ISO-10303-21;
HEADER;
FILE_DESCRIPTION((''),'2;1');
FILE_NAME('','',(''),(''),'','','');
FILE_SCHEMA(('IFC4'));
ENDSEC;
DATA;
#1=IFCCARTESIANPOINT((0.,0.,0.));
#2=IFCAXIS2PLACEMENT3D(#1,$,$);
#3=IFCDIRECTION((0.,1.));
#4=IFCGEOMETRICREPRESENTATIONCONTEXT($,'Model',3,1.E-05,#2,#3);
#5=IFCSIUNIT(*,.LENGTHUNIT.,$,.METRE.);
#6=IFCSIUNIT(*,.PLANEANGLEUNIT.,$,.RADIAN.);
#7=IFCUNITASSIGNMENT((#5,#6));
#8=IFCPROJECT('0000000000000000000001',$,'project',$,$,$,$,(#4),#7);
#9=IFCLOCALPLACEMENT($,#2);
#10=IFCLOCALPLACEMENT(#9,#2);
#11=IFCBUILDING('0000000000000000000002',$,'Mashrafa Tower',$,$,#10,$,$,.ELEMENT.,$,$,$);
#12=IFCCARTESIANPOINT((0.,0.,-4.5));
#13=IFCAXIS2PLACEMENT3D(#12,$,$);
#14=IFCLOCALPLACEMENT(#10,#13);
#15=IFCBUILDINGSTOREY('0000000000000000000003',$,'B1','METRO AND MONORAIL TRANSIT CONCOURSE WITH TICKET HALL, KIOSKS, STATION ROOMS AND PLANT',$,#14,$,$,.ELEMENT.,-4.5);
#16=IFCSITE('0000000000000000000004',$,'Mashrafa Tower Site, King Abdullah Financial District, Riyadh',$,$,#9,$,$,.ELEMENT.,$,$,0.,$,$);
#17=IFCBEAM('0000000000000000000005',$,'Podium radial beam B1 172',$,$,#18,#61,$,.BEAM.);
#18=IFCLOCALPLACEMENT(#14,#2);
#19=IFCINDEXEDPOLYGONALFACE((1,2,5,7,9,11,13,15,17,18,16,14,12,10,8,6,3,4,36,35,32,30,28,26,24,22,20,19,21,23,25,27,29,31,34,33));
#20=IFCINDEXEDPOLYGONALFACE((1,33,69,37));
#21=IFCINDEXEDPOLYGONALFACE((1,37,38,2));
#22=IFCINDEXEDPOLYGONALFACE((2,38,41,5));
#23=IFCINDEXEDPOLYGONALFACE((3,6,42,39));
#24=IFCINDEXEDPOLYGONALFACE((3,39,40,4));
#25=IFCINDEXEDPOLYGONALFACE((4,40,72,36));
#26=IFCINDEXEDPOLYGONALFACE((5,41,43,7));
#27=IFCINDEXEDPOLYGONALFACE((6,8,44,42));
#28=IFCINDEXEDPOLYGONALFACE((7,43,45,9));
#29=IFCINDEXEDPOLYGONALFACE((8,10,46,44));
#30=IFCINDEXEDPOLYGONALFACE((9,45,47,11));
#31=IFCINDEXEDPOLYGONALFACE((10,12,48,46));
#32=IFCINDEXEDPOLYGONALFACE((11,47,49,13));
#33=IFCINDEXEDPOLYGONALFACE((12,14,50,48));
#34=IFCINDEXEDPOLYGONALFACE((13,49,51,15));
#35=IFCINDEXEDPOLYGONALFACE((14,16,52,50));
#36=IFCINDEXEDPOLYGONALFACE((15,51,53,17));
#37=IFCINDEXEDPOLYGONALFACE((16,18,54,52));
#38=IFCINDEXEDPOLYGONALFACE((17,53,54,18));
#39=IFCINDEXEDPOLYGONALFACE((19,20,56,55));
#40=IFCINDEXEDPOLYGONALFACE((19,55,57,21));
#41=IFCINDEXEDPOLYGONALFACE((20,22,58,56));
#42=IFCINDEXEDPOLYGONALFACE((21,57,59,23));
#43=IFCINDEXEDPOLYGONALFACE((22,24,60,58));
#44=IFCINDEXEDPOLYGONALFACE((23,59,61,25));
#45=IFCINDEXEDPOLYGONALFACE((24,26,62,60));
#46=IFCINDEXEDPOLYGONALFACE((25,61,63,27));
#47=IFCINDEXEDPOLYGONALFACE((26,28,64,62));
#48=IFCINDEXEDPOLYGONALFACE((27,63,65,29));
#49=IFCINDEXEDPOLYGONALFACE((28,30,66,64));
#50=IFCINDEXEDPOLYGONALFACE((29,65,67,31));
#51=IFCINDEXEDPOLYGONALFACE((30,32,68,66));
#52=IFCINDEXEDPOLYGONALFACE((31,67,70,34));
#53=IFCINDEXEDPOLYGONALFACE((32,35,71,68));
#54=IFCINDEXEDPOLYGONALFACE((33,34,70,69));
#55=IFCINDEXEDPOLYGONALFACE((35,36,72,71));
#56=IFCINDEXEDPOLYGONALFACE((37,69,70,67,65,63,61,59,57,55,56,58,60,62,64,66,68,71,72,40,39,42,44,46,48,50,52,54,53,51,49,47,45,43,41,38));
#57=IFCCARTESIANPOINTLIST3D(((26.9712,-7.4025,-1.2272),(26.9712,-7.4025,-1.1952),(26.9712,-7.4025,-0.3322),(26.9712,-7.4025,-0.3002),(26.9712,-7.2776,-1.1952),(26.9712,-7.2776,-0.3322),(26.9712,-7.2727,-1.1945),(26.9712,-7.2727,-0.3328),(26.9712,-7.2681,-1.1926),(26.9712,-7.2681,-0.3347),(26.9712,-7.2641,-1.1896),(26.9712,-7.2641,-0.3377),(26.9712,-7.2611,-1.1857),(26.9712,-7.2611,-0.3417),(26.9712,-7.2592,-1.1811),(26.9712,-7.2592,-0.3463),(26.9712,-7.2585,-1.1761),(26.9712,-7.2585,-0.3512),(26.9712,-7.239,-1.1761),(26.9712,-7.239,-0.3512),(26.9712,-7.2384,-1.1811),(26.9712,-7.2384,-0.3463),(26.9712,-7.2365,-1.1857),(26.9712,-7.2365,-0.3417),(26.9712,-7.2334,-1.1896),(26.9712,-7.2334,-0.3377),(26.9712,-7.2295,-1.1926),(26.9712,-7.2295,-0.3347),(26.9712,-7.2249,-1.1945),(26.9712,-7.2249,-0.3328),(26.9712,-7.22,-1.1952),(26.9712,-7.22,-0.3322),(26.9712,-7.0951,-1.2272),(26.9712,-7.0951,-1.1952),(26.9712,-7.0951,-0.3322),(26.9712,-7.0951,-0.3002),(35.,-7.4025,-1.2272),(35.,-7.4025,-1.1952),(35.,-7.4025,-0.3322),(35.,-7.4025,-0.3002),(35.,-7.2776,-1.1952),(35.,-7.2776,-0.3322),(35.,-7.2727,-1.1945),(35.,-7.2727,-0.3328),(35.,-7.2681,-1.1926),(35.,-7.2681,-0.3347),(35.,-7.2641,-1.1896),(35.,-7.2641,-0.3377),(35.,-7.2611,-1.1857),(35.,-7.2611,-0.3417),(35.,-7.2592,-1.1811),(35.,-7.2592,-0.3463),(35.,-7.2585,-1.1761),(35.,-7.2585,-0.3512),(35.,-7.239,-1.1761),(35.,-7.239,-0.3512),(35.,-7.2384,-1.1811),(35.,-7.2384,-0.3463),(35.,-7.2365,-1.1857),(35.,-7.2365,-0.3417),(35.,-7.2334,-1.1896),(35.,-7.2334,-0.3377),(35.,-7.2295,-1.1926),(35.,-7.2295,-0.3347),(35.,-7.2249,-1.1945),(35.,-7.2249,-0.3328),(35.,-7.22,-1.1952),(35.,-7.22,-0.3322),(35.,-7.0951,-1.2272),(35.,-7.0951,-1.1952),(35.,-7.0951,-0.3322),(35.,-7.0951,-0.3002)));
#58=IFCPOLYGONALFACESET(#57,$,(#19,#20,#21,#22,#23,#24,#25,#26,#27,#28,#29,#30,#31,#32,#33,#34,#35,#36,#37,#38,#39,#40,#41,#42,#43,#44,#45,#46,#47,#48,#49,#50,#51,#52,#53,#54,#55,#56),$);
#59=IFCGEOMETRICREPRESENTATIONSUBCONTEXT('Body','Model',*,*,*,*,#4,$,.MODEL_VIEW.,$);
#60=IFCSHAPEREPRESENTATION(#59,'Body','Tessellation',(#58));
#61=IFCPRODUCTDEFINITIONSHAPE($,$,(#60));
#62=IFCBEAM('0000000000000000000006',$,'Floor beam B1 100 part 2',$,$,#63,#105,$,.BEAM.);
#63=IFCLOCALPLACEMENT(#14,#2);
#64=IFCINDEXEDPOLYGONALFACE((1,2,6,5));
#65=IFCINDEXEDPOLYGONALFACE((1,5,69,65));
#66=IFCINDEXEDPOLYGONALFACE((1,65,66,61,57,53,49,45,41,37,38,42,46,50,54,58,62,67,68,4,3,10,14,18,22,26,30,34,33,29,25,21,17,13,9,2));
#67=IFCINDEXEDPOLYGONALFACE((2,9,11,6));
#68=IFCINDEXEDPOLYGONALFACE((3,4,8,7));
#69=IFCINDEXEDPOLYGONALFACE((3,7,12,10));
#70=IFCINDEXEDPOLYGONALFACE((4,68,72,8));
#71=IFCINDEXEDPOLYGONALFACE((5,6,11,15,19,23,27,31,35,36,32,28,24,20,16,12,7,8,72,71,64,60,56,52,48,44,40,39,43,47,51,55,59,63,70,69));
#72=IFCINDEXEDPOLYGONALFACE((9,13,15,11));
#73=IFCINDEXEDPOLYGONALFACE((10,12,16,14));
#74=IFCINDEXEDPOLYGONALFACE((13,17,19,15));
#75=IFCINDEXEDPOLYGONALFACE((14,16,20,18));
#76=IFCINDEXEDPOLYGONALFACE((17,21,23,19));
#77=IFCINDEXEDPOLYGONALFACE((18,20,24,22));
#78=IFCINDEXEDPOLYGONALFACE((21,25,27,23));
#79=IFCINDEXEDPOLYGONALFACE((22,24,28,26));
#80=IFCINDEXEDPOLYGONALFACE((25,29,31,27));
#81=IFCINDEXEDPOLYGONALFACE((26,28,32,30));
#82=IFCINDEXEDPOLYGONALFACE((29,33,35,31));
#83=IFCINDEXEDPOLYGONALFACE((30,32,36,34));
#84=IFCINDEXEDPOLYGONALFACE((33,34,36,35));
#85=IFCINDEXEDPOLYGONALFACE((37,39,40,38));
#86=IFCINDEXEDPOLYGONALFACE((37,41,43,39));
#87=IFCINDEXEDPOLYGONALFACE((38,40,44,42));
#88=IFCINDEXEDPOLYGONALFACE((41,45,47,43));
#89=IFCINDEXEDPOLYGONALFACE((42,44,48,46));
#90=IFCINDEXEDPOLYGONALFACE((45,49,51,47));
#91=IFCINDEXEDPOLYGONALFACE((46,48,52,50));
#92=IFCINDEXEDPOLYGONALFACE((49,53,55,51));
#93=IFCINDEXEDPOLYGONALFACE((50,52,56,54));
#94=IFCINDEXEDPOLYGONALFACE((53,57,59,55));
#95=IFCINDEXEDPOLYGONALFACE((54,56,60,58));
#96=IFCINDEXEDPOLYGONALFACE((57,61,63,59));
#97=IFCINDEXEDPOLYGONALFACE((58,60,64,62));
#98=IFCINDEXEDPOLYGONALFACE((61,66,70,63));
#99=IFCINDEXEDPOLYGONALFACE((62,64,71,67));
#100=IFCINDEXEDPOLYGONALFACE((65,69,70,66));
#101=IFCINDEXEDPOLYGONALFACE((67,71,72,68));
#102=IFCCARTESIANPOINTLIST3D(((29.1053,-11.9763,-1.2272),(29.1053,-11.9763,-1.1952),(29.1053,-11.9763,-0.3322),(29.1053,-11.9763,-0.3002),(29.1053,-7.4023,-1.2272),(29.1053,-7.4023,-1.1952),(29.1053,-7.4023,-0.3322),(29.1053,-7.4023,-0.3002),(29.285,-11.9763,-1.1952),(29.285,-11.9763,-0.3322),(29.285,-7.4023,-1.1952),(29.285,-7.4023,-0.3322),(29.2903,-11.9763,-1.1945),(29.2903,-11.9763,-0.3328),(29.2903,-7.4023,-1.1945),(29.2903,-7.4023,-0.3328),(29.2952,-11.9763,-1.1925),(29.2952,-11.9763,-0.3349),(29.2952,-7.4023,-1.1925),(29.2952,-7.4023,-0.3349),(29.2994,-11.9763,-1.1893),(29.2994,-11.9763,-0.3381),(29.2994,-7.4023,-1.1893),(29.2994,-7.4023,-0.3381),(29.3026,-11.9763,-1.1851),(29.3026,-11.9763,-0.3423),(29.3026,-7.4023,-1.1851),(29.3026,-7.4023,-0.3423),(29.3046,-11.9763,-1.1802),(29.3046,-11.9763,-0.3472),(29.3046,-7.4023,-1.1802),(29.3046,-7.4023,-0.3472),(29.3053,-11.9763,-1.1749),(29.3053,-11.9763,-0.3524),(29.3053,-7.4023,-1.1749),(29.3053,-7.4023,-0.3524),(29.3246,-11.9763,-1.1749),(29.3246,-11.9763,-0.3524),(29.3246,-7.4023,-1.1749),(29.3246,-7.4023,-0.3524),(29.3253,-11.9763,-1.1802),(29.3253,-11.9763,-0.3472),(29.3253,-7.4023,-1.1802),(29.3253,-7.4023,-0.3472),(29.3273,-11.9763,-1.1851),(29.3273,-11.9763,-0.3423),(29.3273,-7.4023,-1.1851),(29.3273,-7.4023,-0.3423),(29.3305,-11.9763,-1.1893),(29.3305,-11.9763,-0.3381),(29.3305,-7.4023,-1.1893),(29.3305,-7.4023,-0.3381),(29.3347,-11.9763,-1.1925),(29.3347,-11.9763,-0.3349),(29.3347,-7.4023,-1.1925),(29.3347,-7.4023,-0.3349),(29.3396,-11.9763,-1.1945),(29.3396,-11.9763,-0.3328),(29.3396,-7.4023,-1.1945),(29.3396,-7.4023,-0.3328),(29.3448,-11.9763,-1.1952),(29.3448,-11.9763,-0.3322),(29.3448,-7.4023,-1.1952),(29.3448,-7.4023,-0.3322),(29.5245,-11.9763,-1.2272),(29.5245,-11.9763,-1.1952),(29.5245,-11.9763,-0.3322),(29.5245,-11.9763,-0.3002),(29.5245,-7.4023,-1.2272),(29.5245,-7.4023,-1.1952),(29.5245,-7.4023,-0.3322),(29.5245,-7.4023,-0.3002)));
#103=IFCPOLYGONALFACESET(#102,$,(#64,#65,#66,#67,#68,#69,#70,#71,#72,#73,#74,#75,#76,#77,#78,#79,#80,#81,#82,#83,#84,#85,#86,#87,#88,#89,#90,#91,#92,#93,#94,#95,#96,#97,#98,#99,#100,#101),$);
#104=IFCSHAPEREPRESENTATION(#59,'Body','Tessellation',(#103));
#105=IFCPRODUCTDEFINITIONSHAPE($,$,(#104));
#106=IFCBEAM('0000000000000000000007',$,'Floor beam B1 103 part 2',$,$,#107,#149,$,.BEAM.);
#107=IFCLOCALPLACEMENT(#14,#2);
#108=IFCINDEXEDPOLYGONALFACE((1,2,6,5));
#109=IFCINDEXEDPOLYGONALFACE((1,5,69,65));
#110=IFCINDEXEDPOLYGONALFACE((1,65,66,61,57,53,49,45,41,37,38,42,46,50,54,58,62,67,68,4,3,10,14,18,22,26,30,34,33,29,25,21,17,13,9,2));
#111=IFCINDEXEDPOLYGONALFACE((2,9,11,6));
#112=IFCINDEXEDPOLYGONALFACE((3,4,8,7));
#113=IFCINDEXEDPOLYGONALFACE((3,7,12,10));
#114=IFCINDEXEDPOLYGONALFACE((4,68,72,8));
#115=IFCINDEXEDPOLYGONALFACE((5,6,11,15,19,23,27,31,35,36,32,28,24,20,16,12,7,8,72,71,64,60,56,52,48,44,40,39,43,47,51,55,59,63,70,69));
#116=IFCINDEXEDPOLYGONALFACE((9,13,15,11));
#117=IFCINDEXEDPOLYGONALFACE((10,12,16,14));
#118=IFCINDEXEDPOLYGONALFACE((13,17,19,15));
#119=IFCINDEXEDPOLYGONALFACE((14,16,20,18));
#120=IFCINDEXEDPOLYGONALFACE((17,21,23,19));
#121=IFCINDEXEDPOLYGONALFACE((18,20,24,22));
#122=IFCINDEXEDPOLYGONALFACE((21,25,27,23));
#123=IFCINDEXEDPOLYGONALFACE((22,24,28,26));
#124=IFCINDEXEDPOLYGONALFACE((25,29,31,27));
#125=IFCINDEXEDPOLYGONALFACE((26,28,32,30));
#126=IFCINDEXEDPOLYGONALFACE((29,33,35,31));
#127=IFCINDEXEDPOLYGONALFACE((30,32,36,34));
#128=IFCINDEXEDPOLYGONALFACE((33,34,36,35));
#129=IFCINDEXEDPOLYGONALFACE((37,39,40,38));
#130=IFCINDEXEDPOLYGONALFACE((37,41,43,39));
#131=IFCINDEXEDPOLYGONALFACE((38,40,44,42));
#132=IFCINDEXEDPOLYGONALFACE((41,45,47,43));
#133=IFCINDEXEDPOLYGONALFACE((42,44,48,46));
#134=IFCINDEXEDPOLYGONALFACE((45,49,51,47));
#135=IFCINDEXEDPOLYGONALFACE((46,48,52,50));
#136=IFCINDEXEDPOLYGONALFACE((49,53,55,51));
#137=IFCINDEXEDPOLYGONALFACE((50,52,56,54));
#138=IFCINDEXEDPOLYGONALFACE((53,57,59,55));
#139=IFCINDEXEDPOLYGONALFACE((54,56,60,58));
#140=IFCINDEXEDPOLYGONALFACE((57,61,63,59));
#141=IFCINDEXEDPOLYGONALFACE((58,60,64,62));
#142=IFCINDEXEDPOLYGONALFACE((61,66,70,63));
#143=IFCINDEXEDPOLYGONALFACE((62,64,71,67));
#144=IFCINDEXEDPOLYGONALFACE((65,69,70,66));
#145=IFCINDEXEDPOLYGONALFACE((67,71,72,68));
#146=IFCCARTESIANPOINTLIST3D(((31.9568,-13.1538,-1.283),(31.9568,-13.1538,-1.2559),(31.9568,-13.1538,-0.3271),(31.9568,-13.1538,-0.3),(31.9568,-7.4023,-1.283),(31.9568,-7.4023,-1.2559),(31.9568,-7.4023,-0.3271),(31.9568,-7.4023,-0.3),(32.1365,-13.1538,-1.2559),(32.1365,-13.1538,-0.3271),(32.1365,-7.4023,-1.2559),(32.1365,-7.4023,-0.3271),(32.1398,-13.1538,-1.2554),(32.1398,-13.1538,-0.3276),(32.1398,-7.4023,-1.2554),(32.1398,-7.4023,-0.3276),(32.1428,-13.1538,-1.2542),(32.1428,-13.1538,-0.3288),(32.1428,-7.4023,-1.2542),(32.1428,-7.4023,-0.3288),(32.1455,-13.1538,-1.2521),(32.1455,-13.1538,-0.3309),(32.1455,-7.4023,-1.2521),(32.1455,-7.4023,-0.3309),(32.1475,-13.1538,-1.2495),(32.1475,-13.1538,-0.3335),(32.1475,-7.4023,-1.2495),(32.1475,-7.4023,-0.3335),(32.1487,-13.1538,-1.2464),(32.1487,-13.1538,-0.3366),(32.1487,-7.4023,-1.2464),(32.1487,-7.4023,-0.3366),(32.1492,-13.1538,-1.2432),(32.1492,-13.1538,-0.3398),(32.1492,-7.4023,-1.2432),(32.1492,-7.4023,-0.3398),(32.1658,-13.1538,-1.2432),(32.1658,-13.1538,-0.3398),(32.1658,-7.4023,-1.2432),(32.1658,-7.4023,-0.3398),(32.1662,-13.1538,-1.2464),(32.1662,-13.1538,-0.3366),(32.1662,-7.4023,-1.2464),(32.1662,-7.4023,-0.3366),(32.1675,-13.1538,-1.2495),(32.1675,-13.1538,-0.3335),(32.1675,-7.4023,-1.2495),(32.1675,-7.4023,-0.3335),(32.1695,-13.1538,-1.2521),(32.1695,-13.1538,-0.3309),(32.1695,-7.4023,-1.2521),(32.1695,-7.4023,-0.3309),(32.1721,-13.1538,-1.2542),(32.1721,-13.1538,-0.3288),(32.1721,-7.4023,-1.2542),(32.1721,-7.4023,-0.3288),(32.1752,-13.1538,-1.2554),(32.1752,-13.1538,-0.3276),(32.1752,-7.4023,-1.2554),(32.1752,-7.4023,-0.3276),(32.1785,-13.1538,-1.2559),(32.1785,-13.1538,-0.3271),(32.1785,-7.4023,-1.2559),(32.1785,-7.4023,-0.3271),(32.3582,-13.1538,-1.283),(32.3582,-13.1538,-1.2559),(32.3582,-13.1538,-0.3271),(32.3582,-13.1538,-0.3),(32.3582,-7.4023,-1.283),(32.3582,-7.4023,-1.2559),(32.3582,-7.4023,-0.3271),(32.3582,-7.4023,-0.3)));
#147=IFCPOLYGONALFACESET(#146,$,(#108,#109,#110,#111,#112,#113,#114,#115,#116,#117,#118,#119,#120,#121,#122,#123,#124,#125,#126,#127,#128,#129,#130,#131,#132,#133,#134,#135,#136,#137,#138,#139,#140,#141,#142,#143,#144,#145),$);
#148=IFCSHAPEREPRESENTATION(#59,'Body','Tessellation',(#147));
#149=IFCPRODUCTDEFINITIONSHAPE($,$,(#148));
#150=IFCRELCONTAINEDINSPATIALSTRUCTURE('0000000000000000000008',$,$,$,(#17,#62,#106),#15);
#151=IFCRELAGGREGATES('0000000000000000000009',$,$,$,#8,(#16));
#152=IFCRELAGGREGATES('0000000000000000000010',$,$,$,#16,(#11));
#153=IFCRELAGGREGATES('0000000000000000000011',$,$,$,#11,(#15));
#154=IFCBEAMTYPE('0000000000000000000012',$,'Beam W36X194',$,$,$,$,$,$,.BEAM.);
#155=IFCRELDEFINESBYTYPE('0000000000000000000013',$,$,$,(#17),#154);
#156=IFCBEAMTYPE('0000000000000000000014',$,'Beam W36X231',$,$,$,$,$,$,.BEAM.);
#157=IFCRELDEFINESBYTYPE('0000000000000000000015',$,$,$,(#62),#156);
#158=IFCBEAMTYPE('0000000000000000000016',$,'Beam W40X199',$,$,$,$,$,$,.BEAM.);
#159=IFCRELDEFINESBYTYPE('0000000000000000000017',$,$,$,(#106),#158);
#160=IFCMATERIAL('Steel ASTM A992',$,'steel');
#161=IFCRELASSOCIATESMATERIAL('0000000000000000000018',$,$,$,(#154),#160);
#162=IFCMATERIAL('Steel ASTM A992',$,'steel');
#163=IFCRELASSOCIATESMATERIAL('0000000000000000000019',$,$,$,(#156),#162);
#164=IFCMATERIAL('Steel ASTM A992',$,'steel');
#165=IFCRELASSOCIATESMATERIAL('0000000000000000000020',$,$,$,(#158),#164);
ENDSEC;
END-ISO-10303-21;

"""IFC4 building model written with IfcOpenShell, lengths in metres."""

from ifc_helpers import new_model, si_unit, direction, frame, origin, origin_2d, place, context, subcontext, project, spatial, i_section, extrude, material, material_profile, profile_set, type_object, element, save


model = new_model("IFC4")

# Units and contexts
model_context = context("Model", 3, precision=1e-05, world=origin(), true_north=direction((0.0, 1.0)))
body_context = subcontext(model_context, "Body", "Model", "MODEL_VIEW")
ifc_project = project(units=[si_unit("LENGTHUNIT", "METRE"), si_unit("PLANEANGLEUNIT", "RADIAN")], contexts=[model_context])

# Site, building, storey
site_placement = place(None, origin())
site = spatial("IfcSite", under=ifc_project, at=site_placement, Name="Mashrafa Tower Site, King Abdullah Financial District, Riyadh", CompositionType="ELEMENT", RefElevation=0.0)
building_placement = place(site_placement, origin())
building = spatial("IfcBuilding", under=site, at=building_placement, Name="Mashrafa Tower", CompositionType="ELEMENT")
storey_placement = place(building_placement, frame((0.0, 0.0, -4.5)))
storey = spatial("IfcBuildingStorey", under=building, at=storey_placement, Name="B1", Description="METRO AND MONORAIL TRANSIT CONCOURSE WITH TICKET HALL, KIOSKS, STATION ROOMS AND PLANT", CompositionType="ELEMENT", Elevation=-4.5)

# Beams
ifc_material_1 = material(Name="Steel ASTM A992", Category="steel")
ifc_material_profile_1 = material_profile(ifc_material_1, i_section(OverallWidth=0.3074, OverallDepth=0.927, WebThickness=0.0195, FlangeThickness=0.032, FilletRadius=0.019, at=origin_2d()), Name="W36X194")
ifc_profile_set_1 = profile_set([ifc_material_profile_1], Name="Steel ASTM A992")
beam_type_1 = type_object("IfcBeamType", Name="Beam W36X194", PredefinedType="BEAM", material=ifc_profile_set_1)
beam_1_placement = place(storey_placement, frame((26.9712, -7.2488, -0.7637), z_axis=(1.0, 0.0, 0.0), x_axis=(0.0, 1.0, 0.0)))
element("IfcBeam", 1, at=beam_1_placement, inside=storey, type_object=beam_type_1, Name="Podium radial beam B1 172", PredefinedType="BEAM", context=body_context, shape_type="SweptSolid", body=[
    extrude(i_section(OverallWidth=0.3074, OverallDepth=0.927, WebThickness=0.0195, FlangeThickness=0.032, FilletRadius=0.019, at=origin_2d()), origin(), (0.0, 0.0, 1.0), 8.0288),
])
ifc_material_2 = material(Name="Steel ASTM A992", Category="steel")
ifc_material_profile_2 = material_profile(ifc_material_2, i_section(OverallWidth=0.4192, OverallDepth=0.927, WebThickness=0.0193, FlangeThickness=0.032, FilletRadius=0.0203, at=origin_2d()), Name="W36X231")
ifc_profile_set_2 = profile_set([ifc_material_profile_2], Name="Steel ASTM A992")
beam_type_2 = type_object("IfcBeamType", Name="Beam W36X231", PredefinedType="BEAM", material=ifc_profile_set_2)
beam_2_placement = place(storey_placement, frame((29.3149, -7.4023, -0.7637), z_axis=(0.0, -1.0, 0.0), x_axis=(1.0, 0.0, 0.0)))
element("IfcBeam", 2, at=beam_2_placement, inside=storey, type_object=beam_type_2, Name="Floor beam B1 100 part 2", PredefinedType="BEAM", context=body_context, shape_type="SweptSolid", body=[
    extrude(i_section(OverallWidth=0.4192, OverallDepth=0.927, WebThickness=0.0193, FlangeThickness=0.032, FilletRadius=0.0203, at=origin_2d()), origin(), (0.0, 0.0, 1.0), 4.574),
])
ifc_material_3 = material(Name="Steel ASTM A992", Category="steel")
ifc_material_profile_3 = material_profile(ifc_material_3, i_section(OverallWidth=0.4014, OverallDepth=0.9829, WebThickness=0.0166, FlangeThickness=0.0271, FilletRadius=0.0127, at=origin_2d()), Name="W40X199")
ifc_profile_set_3 = profile_set([ifc_material_profile_3], Name="Steel ASTM A992")
beam_type_3 = type_object("IfcBeamType", Name="Beam W40X199", PredefinedType="BEAM", material=ifc_profile_set_3)
beam_3_placement = place(storey_placement, frame((32.1575, -7.4023, -0.7915), z_axis=(0.0, -1.0, 0.0), x_axis=(1.0, 0.0, 0.0)))
element("IfcBeam", 3, at=beam_3_placement, inside=storey, type_object=beam_type_3, Name="Floor beam B1 103 part 2", PredefinedType="BEAM", context=body_context, shape_type="SweptSolid", body=[
    extrude(i_section(OverallWidth=0.4014, OverallDepth=0.9829, WebThickness=0.0166, FlangeThickness=0.0271, FilletRadius=0.0127, at=origin_2d()), origin(), (0.0, 0.0, 1.0), 5.7515),
])

save(model, "model.ifc")
